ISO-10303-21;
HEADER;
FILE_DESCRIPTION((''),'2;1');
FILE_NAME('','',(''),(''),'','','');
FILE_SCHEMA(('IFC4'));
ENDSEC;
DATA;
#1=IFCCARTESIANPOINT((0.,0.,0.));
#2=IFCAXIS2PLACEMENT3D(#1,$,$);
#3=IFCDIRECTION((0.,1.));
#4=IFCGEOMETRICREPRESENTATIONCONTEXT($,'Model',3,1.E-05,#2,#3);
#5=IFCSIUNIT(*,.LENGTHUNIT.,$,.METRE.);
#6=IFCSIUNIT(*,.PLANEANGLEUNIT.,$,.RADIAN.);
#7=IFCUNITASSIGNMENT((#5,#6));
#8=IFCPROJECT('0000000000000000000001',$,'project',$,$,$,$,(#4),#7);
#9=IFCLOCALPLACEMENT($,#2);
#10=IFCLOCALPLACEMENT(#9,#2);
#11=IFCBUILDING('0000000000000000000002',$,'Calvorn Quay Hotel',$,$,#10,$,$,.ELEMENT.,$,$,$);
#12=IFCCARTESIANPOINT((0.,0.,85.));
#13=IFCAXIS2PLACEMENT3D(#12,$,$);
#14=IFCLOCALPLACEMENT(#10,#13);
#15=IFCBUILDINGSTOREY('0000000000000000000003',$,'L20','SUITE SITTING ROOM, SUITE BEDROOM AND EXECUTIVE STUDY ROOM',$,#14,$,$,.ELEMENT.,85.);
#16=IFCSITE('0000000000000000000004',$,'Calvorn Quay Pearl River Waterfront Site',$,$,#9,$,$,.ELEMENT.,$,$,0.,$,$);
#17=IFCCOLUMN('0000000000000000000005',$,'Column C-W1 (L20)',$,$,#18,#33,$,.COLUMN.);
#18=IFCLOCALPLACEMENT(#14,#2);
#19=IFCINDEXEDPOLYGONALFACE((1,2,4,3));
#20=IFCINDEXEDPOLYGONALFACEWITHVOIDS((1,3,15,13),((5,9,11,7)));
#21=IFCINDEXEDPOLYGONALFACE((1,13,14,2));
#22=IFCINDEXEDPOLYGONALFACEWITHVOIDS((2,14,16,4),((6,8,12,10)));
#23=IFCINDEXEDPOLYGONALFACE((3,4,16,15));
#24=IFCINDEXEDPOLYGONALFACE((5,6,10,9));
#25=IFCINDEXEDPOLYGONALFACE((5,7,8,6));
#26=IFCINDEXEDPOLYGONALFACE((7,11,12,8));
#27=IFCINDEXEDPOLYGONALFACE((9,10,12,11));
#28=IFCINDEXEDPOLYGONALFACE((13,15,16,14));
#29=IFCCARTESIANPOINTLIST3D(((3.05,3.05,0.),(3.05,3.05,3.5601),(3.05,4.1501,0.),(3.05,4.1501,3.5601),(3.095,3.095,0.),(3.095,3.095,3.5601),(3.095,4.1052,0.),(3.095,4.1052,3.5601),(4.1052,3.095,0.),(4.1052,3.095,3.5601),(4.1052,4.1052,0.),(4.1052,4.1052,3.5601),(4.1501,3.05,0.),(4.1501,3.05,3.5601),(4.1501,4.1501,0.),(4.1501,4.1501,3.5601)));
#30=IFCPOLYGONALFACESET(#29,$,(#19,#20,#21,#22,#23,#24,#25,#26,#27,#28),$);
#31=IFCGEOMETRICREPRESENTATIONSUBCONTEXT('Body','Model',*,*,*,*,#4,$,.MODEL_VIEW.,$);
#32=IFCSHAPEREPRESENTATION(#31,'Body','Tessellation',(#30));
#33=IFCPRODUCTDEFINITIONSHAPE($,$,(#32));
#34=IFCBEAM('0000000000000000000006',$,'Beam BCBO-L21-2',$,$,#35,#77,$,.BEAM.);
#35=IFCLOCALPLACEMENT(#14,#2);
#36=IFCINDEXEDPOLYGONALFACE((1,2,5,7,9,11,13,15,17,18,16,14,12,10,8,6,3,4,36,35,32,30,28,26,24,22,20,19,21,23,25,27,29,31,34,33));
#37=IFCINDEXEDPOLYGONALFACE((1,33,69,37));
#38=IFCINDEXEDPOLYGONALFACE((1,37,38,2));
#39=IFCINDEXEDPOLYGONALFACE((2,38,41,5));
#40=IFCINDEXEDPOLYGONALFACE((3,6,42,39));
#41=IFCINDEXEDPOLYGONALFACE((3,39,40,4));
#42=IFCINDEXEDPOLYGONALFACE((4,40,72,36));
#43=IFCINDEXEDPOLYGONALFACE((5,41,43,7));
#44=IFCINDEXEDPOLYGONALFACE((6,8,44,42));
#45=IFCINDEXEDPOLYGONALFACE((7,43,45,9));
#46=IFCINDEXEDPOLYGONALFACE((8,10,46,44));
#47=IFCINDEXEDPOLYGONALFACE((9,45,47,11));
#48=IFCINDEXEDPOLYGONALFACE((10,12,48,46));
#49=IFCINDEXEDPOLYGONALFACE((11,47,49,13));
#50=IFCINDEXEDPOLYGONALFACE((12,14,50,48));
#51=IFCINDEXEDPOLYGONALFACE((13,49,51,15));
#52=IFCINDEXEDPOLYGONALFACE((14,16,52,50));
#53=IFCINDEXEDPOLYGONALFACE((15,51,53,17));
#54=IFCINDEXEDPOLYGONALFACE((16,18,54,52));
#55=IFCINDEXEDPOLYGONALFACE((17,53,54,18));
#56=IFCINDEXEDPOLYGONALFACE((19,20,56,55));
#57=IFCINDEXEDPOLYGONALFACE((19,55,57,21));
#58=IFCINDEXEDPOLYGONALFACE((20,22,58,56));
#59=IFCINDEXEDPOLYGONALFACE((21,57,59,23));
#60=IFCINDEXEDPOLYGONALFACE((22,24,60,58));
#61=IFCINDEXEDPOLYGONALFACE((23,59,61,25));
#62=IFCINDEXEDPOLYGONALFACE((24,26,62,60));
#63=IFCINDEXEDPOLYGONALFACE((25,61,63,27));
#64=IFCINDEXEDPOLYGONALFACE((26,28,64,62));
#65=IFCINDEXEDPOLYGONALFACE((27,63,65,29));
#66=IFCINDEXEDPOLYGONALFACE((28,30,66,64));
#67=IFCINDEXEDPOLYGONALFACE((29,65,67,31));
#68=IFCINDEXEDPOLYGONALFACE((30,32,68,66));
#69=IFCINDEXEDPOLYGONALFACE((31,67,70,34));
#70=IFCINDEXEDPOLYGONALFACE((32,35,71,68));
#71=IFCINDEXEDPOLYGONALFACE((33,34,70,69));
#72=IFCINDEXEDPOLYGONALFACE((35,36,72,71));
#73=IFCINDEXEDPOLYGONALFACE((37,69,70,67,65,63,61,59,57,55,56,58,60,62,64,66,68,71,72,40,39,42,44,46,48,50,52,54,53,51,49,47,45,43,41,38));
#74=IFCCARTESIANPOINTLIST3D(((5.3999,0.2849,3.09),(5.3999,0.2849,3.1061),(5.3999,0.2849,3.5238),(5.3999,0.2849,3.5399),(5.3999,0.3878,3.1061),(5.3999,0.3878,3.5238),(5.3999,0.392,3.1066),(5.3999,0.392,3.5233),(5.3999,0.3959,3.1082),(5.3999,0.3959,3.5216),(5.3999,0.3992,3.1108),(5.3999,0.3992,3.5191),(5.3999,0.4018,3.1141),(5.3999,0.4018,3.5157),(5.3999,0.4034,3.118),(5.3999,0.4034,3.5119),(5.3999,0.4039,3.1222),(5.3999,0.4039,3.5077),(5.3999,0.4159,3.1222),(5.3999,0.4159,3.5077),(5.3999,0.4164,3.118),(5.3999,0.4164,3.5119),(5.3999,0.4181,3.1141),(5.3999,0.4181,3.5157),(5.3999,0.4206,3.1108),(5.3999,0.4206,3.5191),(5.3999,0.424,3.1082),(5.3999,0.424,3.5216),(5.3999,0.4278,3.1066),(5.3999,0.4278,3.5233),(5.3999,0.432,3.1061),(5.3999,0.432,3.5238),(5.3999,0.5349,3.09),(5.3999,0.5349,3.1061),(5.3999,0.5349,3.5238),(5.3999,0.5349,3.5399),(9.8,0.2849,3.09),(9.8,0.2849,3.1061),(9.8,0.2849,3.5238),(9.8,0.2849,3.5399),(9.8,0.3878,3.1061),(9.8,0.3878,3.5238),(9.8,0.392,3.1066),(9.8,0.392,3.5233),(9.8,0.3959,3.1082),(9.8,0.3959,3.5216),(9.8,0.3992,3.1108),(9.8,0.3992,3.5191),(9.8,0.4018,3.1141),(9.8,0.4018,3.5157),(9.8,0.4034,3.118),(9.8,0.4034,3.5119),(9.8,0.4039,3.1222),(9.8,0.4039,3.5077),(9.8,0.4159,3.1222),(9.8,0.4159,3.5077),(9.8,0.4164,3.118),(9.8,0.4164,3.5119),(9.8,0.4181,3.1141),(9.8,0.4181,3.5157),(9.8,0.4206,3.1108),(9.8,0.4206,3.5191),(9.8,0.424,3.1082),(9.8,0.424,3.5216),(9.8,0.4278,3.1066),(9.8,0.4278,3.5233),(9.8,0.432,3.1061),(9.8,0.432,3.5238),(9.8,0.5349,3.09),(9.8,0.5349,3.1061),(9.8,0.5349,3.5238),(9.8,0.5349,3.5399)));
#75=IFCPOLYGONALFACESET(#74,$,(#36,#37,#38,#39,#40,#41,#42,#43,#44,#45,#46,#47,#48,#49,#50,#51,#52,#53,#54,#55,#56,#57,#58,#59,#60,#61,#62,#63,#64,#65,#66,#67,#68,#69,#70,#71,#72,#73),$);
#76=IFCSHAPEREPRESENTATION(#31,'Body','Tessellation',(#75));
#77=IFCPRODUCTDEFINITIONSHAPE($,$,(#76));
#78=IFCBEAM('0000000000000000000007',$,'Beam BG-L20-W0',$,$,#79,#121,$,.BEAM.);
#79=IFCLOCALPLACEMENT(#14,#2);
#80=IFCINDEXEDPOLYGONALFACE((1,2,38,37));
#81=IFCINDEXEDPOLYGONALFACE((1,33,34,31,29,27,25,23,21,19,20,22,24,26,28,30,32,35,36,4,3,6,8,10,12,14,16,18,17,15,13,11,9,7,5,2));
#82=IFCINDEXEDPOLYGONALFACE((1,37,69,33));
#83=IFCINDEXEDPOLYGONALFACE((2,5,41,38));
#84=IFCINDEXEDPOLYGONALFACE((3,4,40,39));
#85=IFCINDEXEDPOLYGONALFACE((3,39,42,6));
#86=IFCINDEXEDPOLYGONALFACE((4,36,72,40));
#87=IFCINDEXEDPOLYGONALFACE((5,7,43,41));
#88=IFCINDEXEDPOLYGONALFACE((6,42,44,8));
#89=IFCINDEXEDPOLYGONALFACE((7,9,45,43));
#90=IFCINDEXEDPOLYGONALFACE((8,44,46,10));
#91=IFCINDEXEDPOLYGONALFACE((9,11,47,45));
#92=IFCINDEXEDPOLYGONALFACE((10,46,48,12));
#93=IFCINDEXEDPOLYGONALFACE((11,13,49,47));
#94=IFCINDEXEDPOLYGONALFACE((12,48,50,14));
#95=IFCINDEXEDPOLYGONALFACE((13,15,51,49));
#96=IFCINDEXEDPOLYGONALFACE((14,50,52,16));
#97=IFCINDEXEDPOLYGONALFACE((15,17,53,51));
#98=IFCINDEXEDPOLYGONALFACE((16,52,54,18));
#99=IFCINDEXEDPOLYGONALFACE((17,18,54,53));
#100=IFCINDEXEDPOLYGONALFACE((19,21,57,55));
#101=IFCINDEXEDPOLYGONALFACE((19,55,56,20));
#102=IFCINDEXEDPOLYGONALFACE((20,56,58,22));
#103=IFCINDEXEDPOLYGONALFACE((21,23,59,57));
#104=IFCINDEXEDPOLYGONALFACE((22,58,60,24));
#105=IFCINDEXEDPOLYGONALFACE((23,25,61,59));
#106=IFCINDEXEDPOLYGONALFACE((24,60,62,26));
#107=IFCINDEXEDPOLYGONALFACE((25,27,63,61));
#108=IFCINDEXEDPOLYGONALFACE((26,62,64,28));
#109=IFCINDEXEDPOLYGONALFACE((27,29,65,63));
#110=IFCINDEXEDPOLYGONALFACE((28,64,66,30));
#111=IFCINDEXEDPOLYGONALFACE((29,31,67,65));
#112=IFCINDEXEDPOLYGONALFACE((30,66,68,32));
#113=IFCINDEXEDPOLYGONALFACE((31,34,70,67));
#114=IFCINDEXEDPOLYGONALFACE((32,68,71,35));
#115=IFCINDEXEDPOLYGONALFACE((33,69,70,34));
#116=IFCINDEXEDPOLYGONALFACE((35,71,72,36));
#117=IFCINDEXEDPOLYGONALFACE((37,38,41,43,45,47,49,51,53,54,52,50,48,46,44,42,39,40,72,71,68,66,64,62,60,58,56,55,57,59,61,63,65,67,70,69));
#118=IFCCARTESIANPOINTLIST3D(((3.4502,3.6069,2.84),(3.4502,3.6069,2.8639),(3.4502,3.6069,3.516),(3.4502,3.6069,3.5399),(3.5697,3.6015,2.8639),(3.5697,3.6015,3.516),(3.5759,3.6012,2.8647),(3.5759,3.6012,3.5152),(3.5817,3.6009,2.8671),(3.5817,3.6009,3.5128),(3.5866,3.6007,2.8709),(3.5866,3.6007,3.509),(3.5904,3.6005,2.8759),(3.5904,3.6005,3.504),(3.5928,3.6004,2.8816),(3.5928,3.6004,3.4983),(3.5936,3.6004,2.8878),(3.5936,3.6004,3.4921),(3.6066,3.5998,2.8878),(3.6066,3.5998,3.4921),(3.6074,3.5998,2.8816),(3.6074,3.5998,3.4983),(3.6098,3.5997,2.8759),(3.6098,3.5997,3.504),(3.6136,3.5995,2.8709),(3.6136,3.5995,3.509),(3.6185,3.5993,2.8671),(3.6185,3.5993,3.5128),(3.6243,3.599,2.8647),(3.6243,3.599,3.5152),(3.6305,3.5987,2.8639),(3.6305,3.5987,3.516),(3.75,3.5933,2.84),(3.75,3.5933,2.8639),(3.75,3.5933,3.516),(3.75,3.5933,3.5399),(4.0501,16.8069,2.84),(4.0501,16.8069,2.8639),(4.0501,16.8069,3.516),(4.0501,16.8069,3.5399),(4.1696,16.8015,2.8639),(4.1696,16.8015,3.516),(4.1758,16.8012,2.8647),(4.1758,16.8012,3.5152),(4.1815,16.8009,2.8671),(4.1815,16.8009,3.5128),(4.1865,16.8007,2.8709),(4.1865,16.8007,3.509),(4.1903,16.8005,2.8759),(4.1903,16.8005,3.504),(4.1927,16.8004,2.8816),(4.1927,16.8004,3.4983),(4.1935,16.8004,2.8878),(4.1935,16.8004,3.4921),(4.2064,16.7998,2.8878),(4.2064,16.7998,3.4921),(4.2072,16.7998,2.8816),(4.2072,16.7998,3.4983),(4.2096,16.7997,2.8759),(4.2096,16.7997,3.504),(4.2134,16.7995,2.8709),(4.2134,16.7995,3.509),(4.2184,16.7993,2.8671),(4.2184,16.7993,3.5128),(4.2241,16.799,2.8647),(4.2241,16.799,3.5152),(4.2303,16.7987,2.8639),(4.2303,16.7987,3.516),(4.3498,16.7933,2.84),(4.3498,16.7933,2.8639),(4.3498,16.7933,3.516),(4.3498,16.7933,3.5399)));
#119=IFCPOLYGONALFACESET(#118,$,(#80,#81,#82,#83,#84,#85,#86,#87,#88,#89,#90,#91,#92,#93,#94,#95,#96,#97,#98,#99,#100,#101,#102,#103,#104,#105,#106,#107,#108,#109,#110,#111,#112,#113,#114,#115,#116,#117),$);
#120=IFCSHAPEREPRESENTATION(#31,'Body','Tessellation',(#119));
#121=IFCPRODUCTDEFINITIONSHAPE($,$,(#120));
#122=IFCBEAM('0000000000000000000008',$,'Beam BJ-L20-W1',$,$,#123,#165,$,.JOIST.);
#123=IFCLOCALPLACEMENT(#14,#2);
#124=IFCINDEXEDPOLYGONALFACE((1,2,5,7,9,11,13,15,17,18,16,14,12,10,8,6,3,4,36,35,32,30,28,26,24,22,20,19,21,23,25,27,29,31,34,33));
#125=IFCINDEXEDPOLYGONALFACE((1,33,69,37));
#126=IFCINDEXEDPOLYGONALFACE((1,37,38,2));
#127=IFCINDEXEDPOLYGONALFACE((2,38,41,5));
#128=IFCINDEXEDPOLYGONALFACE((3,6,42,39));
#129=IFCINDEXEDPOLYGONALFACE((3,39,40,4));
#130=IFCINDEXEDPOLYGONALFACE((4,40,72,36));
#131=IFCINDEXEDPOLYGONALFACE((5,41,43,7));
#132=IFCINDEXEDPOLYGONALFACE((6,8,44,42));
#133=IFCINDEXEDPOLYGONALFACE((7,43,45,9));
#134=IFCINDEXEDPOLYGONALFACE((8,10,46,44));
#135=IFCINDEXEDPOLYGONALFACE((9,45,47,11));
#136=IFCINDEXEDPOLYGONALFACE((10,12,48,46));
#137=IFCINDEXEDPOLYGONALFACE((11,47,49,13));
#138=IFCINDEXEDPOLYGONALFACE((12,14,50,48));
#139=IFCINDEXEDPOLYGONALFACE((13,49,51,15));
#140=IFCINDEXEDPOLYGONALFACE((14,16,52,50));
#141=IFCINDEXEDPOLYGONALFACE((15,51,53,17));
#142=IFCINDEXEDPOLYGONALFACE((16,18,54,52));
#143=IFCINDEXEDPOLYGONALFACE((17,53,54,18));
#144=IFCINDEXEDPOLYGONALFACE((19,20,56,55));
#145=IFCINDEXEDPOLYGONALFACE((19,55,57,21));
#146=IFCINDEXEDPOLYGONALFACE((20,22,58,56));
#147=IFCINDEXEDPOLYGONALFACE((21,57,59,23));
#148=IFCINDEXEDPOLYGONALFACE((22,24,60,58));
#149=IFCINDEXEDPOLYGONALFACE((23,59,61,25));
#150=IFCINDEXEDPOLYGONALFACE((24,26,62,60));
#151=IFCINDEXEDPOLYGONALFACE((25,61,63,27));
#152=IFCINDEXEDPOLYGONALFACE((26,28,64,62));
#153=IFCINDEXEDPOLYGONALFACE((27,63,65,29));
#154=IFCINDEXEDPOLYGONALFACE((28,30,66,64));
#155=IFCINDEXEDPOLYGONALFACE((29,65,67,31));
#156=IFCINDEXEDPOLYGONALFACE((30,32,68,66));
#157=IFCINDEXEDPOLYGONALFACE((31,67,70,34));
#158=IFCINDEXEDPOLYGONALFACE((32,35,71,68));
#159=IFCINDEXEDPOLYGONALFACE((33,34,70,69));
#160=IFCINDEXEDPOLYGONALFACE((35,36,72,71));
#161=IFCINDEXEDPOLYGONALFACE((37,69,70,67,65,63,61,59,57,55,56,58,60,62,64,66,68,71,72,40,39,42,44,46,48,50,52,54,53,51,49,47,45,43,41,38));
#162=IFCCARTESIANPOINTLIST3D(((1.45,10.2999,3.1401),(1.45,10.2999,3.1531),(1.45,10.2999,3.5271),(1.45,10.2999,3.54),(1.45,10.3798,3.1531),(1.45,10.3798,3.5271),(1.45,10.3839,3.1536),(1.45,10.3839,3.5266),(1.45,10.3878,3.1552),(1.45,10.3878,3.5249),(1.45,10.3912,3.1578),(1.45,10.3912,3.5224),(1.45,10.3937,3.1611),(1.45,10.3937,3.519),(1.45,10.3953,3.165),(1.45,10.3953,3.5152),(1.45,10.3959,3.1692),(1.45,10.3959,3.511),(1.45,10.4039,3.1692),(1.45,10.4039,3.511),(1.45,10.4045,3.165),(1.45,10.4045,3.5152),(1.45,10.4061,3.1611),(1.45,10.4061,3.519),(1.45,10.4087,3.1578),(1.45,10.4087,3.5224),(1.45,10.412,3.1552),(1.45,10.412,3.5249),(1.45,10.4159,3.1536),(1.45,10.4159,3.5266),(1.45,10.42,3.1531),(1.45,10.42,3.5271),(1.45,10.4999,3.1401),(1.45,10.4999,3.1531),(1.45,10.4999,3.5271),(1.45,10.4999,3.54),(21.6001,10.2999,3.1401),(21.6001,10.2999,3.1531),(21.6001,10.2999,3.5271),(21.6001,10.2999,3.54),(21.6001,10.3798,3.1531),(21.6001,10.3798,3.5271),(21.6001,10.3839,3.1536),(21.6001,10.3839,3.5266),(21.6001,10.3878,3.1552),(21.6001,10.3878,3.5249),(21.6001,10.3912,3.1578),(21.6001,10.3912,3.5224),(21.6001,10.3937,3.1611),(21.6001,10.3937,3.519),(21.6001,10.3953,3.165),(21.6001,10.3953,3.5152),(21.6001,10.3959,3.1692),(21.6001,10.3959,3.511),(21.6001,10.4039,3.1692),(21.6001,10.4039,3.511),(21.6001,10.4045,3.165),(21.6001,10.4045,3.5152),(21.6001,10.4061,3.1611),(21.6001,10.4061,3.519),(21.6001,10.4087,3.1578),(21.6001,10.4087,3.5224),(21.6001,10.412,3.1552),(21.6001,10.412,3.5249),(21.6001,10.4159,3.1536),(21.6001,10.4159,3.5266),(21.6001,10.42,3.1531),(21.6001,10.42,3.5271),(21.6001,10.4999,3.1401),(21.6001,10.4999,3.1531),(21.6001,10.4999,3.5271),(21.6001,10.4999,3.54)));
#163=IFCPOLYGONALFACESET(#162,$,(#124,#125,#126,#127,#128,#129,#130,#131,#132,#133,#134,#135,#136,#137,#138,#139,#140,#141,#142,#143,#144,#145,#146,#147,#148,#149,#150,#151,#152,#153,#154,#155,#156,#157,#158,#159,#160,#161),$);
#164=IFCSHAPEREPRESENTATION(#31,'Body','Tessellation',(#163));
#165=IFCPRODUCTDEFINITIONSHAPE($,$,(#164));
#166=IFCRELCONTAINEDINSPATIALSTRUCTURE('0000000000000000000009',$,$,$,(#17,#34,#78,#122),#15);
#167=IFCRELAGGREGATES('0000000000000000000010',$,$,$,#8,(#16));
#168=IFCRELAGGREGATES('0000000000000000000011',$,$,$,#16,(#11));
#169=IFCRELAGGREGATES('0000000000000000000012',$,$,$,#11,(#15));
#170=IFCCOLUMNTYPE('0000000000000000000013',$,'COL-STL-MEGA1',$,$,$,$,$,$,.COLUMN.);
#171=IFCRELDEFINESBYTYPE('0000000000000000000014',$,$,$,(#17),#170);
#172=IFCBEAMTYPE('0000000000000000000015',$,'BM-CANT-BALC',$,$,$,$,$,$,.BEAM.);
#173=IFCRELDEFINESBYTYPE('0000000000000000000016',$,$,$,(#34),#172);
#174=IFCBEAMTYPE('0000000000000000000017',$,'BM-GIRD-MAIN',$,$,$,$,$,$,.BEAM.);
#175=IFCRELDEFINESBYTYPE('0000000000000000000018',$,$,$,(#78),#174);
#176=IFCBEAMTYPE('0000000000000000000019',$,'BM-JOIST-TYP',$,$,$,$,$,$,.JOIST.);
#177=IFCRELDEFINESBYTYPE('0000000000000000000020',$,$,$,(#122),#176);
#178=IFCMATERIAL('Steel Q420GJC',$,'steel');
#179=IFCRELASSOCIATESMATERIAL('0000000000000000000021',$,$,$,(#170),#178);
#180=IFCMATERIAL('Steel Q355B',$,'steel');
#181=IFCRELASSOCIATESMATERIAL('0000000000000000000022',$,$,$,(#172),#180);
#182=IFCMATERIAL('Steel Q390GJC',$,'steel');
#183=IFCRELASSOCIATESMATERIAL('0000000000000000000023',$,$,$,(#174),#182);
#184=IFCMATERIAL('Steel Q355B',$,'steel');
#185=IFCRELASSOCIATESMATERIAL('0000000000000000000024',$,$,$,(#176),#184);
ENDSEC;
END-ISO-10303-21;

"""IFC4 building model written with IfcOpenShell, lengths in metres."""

from ifc_helpers import new_model, si_unit, direction, frame, origin, origin_2d, place, context, subcontext, project, spatial, hollow_rectangle, i_section, extrude, material, material_profile, profile_set, type_object, element, save


model = new_model("IFC4")

# Units and contexts
model_context = context("Model", 3, precision=1e-05, world=origin(), true_north=direction((0.0, 1.0)))
body_context = subcontext(model_context, "Body", "Model", "MODEL_VIEW")
ifc_project = project(units=[si_unit("LENGTHUNIT", "METRE"), si_unit("PLANEANGLEUNIT", "RADIAN")], contexts=[model_context])

# Site, building, storey
site_placement = place(None, origin())
site = spatial("IfcSite", under=ifc_project, at=site_placement, Name="Calvorn Quay Pearl River Waterfront Site", CompositionType="ELEMENT", RefElevation=0.0)
building_placement = place(site_placement, origin())
building = spatial("IfcBuilding", under=site, at=building_placement, Name="Calvorn Quay Hotel", CompositionType="ELEMENT")
storey_placement = place(building_placement, frame((0.0, 0.0, 85.0)))
storey = spatial("IfcBuildingStorey", under=building, at=storey_placement, Name="L20", Description="SUITE SITTING ROOM, SUITE BEDROOM AND EXECUTIVE STUDY ROOM", CompositionType="ELEMENT", Elevation=85.0)

# Column
ifc_material_1 = material(Name="Steel Q420GJC", Category="steel")
ifc_material_profile_1 = material_profile(ifc_material_1, hollow_rectangle(XDim=1.1001, YDim=1.1001, WallThickness=0.0449, at=origin_2d()), Name="BOX1100x1100x45")
ifc_profile_set_1 = profile_set([ifc_material_profile_1], Name="Steel Q420GJC")
column_type = type_object("IfcColumnType", Name="COL-STL-MEGA1", PredefinedType="COLUMN", material=ifc_profile_set_1)
column_placement = place(storey_placement, frame((3.6001, 3.6001, 0.0), z_axis=(0.0, 0.0, 1.0), x_axis=(1.0, 0.0, 0.0)))
element("IfcColumn", 1, at=column_placement, inside=storey, type_object=column_type, Name="Column C-W1 (L20)", PredefinedType="COLUMN", context=body_context, shape_type="SweptSolid", body=[
    extrude(hollow_rectangle(XDim=1.1001, YDim=1.1001, WallThickness=0.0449, at=origin_2d()), origin(), (0.0, 0.0, 1.0), 3.5601),
])

# Beams
ifc_material_2 = material(Name="Steel Q355B", Category="steel")
ifc_material_profile_2 = material_profile(ifc_material_2, i_section(OverallWidth=0.25, OverallDepth=0.45, WebThickness=0.012, FlangeThickness=0.0161, FilletRadius=0.0161, at=origin_2d()), Name="HN450x250x12x16")
ifc_profile_set_2 = profile_set([ifc_material_profile_2], Name="Steel Q355B")
beam_type_1 = type_object("IfcBeamType", Name="BM-CANT-BALC", PredefinedType="BEAM", material=ifc_profile_set_2)
beam_1_placement = place(storey_placement, frame((5.3999, 0.4099, 3.3149), z_axis=(1.0, 0.0, 0.0), x_axis=(0.0, 1.0, 0.0)))
element("IfcBeam", 2, at=beam_1_placement, inside=storey, type_object=beam_type_1, Name="Beam BCBO-L21-2", PredefinedType="BEAM", context=body_context, shape_type="SweptSolid", body=[
    extrude(i_section(OverallWidth=0.25, OverallDepth=0.45, WebThickness=0.012, FlangeThickness=0.0161, FilletRadius=0.0161, at=origin_2d()), origin(), (0.0, 0.0, 1.0), 4.4001),
])
ifc_material_3 = material(Name="Steel Q390GJC", Category="steel")
ifc_material_profile_3 = material_profile(ifc_material_3, i_section(OverallWidth=0.3, OverallDepth=0.7, WebThickness=0.0129, FlangeThickness=0.0239, FilletRadius=0.0239, at=origin_2d()), Name="HN700x300x13x24")
ifc_profile_set_3 = profile_set([ifc_material_profile_3], Name="Steel Q390GJC")
beam_type_2 = type_object("IfcBeamType", Name="BM-GIRD-MAIN", PredefinedType="BEAM", material=ifc_profile_set_3)
beam_2_placement = place(storey_placement, frame((3.6001, 3.6001, 3.1899), z_axis=(0.045397, 0.998969, 0.0), x_axis=(-0.998969, 0.045397, 0.0)))
element("IfcBeam", 3, at=beam_2_placement, inside=storey, type_object=beam_type_2, Name="Beam BG-L20-W0", PredefinedType="BEAM", context=body_context, shape_type="SweptSolid", body=[
    extrude(i_section(OverallWidth=0.3, OverallDepth=0.7, WebThickness=0.0129, FlangeThickness=0.0239, FilletRadius=0.0239, at=origin_2d()), origin(), (0.0, 0.0, 1.0), 13.2136),
])
ifc_material_4 = material(Name="Steel Q355B", Category="steel")
ifc_material_profile_4 = material_profile(ifc_material_4, i_section(OverallWidth=0.2, OverallDepth=0.3999, WebThickness=0.0081, FlangeThickness=0.0129, FilletRadius=0.0161, at=origin_2d()), Name="HN400x200x8x13")
ifc_profile_set_4 = profile_set([ifc_material_profile_4], Name="Steel Q355B")
beam_type_3 = type_object("IfcBeamType", Name="BM-JOIST-TYP", PredefinedType="JOIST", material=ifc_profile_set_4)
beam_3_placement = place(storey_placement, frame((1.45, 10.3999, 3.3401), z_axis=(1.0, 0.0, 0.0), x_axis=(0.0, 1.0, 0.0)))
element("IfcBeam", 4, at=beam_3_placement, inside=storey, type_object=beam_type_3, Name="Beam BJ-L20-W1", PredefinedType="JOIST", context=body_context, shape_type="SweptSolid", body=[
    extrude(i_section(OverallWidth=0.2, OverallDepth=0.3999, WebThickness=0.0081, FlangeThickness=0.0129, FilletRadius=0.0161, at=origin_2d()), origin(), (0.0, 0.0, 1.0), 20.1501),
])

save(model, "model.ifc")
